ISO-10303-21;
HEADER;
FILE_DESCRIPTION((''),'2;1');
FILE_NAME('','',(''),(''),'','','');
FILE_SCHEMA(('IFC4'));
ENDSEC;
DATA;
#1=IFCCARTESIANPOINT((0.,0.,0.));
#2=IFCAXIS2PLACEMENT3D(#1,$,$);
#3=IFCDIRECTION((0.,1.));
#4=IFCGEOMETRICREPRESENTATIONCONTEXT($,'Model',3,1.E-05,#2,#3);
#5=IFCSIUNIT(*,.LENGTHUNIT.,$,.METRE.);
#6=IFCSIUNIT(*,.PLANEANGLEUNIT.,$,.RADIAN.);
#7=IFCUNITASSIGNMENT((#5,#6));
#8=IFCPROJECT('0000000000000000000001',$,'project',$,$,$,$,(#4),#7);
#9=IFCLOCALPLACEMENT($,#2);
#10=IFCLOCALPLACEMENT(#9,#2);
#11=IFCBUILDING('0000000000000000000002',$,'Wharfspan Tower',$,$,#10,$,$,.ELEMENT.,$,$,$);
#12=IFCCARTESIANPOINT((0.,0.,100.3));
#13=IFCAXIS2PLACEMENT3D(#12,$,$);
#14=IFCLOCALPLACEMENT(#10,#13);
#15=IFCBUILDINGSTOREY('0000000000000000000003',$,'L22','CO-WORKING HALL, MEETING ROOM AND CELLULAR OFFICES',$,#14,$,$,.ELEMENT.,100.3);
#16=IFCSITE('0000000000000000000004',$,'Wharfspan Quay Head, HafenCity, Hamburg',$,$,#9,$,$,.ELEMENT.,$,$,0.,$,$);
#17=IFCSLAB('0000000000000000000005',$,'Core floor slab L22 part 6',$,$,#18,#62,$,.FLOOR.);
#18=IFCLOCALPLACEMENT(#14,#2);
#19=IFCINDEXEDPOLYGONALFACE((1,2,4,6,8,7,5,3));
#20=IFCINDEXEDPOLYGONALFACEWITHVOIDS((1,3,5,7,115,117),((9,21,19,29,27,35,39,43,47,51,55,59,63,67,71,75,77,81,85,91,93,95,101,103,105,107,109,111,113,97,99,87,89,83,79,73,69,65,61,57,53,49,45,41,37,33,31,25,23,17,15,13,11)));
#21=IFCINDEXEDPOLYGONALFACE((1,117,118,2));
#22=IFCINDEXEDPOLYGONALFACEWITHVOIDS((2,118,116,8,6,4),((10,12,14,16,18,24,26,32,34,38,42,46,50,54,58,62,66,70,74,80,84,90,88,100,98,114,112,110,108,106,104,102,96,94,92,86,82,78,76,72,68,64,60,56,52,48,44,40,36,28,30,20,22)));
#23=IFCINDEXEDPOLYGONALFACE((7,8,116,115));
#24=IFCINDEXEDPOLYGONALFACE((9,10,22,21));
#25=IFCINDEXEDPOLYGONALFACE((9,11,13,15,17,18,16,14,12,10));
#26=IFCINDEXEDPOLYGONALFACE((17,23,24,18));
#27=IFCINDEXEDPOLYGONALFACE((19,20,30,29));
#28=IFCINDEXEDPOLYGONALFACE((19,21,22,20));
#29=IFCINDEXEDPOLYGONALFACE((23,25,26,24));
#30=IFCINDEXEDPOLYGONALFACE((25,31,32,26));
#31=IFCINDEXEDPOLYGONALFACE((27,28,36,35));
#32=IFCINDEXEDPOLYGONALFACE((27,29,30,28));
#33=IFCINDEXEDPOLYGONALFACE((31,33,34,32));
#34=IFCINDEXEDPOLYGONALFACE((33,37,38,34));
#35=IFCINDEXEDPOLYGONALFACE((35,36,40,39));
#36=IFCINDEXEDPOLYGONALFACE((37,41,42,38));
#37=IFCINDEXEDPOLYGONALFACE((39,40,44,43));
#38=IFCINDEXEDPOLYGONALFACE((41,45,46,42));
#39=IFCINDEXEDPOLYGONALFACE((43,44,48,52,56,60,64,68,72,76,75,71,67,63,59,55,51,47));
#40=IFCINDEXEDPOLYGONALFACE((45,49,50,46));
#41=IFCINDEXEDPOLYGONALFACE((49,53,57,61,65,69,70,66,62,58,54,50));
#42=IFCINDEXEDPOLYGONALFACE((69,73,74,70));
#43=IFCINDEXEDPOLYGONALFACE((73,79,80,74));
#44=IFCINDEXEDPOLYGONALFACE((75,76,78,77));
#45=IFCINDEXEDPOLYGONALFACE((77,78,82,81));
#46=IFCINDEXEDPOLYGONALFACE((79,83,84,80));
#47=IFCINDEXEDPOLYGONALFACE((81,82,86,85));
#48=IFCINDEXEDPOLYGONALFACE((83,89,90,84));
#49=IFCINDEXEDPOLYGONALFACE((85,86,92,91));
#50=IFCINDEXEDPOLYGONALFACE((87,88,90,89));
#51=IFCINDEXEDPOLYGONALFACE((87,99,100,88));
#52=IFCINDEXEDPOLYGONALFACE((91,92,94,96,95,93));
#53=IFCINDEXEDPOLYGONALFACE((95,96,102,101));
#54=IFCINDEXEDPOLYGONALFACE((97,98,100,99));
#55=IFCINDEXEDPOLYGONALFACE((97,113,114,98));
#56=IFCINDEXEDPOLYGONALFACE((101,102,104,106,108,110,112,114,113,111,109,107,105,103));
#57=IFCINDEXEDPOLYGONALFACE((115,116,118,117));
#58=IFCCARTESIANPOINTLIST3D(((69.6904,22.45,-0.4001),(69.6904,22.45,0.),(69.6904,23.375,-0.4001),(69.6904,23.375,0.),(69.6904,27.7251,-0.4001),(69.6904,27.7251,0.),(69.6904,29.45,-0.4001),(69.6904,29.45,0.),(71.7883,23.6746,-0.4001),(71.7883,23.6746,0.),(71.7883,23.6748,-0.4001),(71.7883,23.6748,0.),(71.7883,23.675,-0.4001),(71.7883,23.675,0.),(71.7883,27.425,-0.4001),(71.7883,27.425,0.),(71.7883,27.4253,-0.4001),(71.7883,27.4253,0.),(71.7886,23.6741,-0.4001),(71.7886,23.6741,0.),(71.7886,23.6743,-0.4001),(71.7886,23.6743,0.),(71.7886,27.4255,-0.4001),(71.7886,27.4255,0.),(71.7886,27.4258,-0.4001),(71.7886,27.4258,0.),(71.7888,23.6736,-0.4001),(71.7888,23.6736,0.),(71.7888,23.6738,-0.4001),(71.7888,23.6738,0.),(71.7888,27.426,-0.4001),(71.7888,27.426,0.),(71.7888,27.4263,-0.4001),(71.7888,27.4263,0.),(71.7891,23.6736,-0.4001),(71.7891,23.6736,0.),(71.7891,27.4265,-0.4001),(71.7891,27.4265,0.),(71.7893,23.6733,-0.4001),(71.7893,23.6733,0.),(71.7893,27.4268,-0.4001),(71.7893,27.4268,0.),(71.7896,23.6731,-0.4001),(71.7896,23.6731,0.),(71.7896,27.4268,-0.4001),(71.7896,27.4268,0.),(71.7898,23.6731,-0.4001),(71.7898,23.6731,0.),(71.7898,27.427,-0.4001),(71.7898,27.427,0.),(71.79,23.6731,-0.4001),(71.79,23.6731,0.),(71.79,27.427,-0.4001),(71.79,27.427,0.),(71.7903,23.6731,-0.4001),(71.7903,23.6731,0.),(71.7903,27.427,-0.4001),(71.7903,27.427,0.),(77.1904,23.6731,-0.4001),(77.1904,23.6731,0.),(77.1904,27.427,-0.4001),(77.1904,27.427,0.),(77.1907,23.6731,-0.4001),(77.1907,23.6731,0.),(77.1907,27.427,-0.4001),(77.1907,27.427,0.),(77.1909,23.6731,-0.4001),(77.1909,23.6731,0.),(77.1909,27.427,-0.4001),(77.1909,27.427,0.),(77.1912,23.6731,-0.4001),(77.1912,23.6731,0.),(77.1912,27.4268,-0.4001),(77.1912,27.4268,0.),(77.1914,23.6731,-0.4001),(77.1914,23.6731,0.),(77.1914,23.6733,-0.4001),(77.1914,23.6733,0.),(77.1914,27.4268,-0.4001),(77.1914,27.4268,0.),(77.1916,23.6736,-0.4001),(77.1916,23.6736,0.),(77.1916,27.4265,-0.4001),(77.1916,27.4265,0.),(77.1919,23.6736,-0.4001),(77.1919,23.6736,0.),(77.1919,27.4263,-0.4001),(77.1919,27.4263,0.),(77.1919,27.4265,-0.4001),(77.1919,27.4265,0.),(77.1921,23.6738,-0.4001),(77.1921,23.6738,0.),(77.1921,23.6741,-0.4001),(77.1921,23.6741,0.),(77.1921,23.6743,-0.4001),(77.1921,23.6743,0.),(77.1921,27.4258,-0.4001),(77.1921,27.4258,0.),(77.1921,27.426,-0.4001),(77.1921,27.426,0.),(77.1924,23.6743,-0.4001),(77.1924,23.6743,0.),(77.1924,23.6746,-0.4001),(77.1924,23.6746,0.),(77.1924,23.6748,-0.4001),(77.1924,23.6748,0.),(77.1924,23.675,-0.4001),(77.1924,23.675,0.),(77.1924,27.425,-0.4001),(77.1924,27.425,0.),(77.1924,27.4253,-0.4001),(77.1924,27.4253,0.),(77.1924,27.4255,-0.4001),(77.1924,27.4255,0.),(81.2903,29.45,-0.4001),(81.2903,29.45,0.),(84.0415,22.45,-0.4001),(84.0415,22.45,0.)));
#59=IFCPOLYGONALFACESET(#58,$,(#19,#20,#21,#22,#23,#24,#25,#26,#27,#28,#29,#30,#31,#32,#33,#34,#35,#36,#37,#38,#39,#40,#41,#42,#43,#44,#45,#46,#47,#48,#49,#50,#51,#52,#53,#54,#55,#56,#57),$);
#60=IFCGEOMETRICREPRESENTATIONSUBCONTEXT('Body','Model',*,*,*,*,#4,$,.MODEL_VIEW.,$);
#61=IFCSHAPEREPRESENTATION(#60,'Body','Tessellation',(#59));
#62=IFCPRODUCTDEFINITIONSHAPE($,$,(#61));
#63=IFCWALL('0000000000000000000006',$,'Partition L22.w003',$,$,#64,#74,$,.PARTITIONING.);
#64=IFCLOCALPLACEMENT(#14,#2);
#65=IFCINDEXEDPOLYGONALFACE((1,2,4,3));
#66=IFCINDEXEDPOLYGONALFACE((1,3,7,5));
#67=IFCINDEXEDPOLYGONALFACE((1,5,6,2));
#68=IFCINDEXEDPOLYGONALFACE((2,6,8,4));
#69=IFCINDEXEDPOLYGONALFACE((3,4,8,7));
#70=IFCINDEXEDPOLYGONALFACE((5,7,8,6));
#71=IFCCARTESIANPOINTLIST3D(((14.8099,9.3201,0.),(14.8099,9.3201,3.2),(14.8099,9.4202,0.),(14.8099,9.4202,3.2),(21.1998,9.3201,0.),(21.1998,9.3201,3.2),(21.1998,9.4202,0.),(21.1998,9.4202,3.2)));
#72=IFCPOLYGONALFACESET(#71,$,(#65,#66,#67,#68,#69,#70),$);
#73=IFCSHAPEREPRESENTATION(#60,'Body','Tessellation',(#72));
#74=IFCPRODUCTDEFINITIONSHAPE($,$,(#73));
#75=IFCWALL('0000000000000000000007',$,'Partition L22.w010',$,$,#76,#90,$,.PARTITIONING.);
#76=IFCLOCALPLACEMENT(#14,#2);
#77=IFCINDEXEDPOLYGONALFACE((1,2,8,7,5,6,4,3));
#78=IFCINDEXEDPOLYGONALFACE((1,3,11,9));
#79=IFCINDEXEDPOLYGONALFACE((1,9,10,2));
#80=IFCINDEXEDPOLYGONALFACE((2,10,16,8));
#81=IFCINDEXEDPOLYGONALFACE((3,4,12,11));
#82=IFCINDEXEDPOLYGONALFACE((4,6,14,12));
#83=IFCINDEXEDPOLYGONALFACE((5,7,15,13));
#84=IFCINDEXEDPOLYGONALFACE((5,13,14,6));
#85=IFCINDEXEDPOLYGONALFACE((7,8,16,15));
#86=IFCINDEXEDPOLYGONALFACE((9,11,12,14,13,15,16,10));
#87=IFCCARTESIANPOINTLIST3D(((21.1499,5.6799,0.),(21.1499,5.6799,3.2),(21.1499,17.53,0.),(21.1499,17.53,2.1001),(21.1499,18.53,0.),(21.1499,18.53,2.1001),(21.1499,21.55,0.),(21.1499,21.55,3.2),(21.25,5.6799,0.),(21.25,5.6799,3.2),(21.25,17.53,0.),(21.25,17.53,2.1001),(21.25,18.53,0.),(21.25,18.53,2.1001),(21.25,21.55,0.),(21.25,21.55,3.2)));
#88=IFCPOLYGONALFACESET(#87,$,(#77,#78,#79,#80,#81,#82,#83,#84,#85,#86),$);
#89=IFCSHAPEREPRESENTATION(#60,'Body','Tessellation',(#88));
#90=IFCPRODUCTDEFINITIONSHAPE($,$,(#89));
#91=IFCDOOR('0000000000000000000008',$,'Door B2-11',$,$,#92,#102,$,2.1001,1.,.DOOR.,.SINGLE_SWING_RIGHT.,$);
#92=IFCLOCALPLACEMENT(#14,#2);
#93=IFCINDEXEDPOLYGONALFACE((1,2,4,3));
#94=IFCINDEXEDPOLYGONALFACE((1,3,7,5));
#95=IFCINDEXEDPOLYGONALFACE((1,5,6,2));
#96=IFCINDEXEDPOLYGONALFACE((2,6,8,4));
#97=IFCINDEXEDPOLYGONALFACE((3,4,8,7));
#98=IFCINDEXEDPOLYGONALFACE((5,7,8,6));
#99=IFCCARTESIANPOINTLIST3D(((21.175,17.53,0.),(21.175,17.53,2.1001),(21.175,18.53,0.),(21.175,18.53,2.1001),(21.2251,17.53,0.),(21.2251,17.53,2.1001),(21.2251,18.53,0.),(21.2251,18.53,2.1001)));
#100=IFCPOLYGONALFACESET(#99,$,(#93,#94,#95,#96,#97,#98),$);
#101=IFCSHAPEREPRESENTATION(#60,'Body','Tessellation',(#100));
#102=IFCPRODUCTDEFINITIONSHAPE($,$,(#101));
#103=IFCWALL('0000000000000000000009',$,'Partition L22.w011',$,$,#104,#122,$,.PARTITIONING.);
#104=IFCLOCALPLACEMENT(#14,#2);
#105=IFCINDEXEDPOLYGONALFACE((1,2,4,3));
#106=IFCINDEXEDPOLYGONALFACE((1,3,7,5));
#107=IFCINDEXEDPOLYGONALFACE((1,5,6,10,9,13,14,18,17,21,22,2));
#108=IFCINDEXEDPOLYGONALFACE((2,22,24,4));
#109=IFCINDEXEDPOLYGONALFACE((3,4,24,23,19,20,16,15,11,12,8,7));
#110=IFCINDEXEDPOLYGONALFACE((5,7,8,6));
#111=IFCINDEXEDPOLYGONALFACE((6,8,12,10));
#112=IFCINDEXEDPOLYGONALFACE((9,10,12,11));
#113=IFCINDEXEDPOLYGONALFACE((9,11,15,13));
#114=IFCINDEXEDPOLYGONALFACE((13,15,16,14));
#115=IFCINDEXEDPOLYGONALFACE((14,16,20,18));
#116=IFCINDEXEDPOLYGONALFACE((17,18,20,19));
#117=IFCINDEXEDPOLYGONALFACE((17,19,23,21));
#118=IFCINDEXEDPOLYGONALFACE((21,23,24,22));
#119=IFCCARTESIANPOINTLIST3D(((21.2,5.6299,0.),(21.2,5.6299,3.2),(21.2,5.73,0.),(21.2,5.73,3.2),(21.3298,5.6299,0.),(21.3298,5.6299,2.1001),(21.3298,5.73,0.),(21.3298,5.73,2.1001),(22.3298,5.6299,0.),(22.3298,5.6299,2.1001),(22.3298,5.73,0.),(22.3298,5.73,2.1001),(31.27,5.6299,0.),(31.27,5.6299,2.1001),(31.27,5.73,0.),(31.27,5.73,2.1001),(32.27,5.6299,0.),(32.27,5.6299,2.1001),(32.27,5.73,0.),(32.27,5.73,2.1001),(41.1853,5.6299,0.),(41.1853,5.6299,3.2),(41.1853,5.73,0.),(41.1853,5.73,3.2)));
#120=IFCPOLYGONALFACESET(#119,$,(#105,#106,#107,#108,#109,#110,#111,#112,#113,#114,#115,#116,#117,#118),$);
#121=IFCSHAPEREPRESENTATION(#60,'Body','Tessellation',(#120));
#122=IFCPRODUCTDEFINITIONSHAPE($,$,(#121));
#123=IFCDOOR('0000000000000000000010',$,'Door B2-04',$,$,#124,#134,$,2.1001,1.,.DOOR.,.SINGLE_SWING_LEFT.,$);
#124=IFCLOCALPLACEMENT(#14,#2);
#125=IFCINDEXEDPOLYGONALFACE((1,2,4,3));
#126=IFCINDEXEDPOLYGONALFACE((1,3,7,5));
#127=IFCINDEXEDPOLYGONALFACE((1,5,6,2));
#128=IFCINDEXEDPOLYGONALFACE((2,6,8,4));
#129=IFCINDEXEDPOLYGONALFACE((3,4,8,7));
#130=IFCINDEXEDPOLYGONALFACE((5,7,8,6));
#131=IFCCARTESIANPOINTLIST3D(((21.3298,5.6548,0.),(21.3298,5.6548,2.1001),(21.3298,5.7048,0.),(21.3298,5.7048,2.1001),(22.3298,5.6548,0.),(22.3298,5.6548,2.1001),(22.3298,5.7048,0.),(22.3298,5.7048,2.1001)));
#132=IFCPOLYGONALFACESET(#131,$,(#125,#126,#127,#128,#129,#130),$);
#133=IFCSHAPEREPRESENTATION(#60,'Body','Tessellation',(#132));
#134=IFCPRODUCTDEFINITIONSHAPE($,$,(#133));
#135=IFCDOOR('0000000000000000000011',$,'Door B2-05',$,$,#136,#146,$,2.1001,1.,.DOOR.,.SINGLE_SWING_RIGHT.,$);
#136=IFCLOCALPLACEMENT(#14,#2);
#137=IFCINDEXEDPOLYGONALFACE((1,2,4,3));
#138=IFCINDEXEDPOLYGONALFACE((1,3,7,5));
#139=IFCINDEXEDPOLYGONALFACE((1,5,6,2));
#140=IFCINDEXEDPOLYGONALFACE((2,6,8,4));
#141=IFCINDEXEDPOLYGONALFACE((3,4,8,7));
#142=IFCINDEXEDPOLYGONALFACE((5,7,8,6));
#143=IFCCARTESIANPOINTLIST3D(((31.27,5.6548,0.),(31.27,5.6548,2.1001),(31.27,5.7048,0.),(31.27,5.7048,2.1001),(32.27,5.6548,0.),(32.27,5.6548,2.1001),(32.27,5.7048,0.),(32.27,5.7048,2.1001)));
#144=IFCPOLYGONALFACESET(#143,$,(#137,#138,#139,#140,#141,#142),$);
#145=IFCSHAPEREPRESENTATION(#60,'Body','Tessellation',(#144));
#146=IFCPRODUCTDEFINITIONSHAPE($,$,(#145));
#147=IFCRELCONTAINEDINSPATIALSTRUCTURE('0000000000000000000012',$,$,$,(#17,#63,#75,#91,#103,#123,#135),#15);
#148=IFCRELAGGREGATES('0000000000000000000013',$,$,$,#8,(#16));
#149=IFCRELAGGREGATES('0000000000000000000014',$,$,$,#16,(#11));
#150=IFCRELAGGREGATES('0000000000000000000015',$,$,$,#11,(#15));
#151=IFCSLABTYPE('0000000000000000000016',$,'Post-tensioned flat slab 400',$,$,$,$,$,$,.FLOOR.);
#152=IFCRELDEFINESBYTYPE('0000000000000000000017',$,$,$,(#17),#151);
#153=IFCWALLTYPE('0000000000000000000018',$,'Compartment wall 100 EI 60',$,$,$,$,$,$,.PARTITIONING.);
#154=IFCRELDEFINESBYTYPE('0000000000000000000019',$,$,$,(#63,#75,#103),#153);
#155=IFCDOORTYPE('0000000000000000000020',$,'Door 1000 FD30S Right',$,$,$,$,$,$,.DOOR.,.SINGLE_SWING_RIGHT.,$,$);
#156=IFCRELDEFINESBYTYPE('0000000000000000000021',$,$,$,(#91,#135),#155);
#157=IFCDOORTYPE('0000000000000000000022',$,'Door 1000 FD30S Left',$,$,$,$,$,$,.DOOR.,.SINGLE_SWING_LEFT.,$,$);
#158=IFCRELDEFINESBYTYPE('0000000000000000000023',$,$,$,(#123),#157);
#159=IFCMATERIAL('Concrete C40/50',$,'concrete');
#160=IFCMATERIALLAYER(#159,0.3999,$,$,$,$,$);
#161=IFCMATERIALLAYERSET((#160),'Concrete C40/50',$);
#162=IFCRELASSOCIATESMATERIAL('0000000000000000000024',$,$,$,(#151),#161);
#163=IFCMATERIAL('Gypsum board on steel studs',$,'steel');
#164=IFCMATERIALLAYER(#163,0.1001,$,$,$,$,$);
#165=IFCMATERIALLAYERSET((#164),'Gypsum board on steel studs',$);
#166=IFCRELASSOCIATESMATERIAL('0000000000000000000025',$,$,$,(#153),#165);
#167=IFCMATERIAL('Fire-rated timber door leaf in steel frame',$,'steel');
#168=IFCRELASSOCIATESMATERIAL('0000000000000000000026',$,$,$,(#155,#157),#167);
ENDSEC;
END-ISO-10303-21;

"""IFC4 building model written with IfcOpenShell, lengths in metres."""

from ifc_helpers import new_model, si_unit, direction, frame, frame_2d, origin, place, context, subcontext, project, spatial, polyline, rectangle, outline, extrude, material, layer, layer_set, type_object, element, fill, save


model = new_model("IFC4")

# Units and contexts
model_context = context("Model", 3, precision=1e-05, world=origin(), true_north=direction((0.0, 1.0)))
body_context = subcontext(model_context, "Body", "Model", "MODEL_VIEW")
ifc_project = project(units=[si_unit("LENGTHUNIT", "METRE"), si_unit("PLANEANGLEUNIT", "RADIAN")], contexts=[model_context])

# Site, building, storey
site_placement = place(None, origin())
site = spatial("IfcSite", under=ifc_project, at=site_placement, Name="Wharfspan Quay Head, HafenCity, Hamburg", CompositionType="ELEMENT", RefElevation=0.0)
building_placement = place(site_placement, origin())
building = spatial("IfcBuilding", under=site, at=building_placement, Name="Wharfspan Tower", CompositionType="ELEMENT")
storey_placement = place(building_placement, frame((0.0, 0.0, 100.3)))
storey = spatial("IfcBuildingStorey", under=building, at=storey_placement, Name="L22", Description="CO-WORKING HALL, MEETING ROOM AND CELLULAR OFFICES", CompositionType="ELEMENT", Elevation=100.3)

# Slab
ifc_material_1 = material(Name="Concrete C40/50", Category="concrete")
ifc_layer_1 = layer(ifc_material_1, 0.3999)
ifc_layer_set_1 = layer_set([ifc_layer_1], Name="Concrete C40/50")
slab_type = type_object("IfcSlabType", Name="Post-tensioned flat slab 400", PredefinedType="FLOOR", material=ifc_layer_set_1)
slab_placement = place(storey_placement, frame((0.0, 0.0, -0.4001)))
element("IfcSlab", 1, at=slab_placement, inside=storey, type_object=slab_type, Name="Core floor slab L22 part 6", PredefinedType="FLOOR", context=body_context, shape_type="SweptSolid", body=[
    extrude(outline(polyline([(81.2903, 29.45), (69.6904, 29.45), (69.6904, 27.7251), (69.6904, 23.375), (69.6904, 22.45), (84.0415, 22.45), (81.2903, 29.45)]), holes=[polyline([(71.7903, 23.6731), (71.7903, 23.6731), (71.79, 23.6731), (71.7898, 23.6731), (71.7896, 23.6731), (71.7896, 23.6731), (71.7893, 23.6733), (71.7891, 23.6736), (71.7891, 23.6736), (71.7888, 23.6736), (71.7888, 23.6738), (71.7886, 23.6741), (71.7886, 23.6743), (71.7886, 23.6743), (71.7883, 23.6746), (71.7883, 23.6748), (71.7883, 23.675), (71.7883, 27.425), (71.7883, 27.4253), (71.7883, 27.4253), (71.7886, 27.4255), (71.7886, 27.4258), (71.7886, 27.4258), (71.7888, 27.426), (71.7888, 27.4263), (71.7891, 27.4265), (71.7891, 27.4265), (71.7893, 27.4268), (71.7896, 27.4268), (71.7896, 27.4268), (71.7898, 27.427), (71.79, 27.427), (71.7903, 27.427), (71.7903, 27.427), (77.1904, 27.427), (77.1907, 27.427), (77.1909, 27.427), (77.1909, 27.427), (77.1912, 27.4268), (77.1914, 27.4268), (77.1914, 27.4268), (77.1916, 27.4265), (77.1919, 27.4265), (77.1919, 27.4263), (77.1921, 27.426), (77.1921, 27.4258), (77.1921, 27.4258), (77.1924, 27.4255), (77.1924, 27.4253), (77.1924, 27.4253), (77.1924, 27.425), (77.1924, 23.675), (77.1924, 23.6748), (77.1924, 23.6746), (77.1924, 23.6743), (77.1921, 23.6743), (77.1921, 23.6741), (77.1921, 23.6738), (77.1919, 23.6736), (77.1919, 23.6736), (77.1916, 23.6736), (77.1914, 23.6733), (77.1914, 23.6731), (77.1912, 23.6731), (77.1909, 23.6731), (77.1909, 23.6731), (77.1907, 23.6731), (77.1904, 23.6731), (71.7903, 23.6731)])]), origin(), (0.0, 0.0, 1.0), 0.4001),
])

# Wall
ifc_material_2 = material(Name="Gypsum board on steel studs", Category="steel")
ifc_layer_2 = layer(ifc_material_2, 0.1001)
ifc_layer_set_2 = layer_set([ifc_layer_2], Name="Gypsum board on steel studs")
wall_type_1 = type_object("IfcWallType", Name="Compartment wall 100 EI 60", PredefinedType="PARTITIONING", material=ifc_layer_set_2)
wall_1_placement = place(storey_placement, frame((14.8101, 9.3701, 0.0), z_axis=(0.0, 0.0, 1.0), x_axis=(1.0, 0.0, 0.0)))
element("IfcWall", 2, at=wall_1_placement, inside=storey, type_object=wall_type_1, Name="Partition L22.w003", PredefinedType="PARTITIONING", context=body_context, shape_type="SweptSolid", body=[
    extrude(rectangle(XDim=6.3899, YDim=0.1001, at=frame_2d((3.1948, 0.0))), origin(), (0.0, 0.0, 1.0), 3.2),
])

# Wall, opening, door
wall_2_placement = place(storey_placement, frame((21.2, 5.6799, 0.0), z_axis=(0.0, 0.0, 1.0), x_axis=(0.0, 1.0, 0.0)))
wall_2 = element("IfcWall", 3, at=wall_2_placement, inside=storey, type_object=wall_type_1, Name="Partition L22.w010", PredefinedType="PARTITIONING", context=body_context, shape_type="SweptSolid", body=[
    extrude(rectangle(XDim=15.8701, YDim=0.1001, at=frame_2d((7.9351, 0.0))), origin(), (0.0, 0.0, 1.0), 3.2),
])
opening_1_placement = place(wall_2_placement, frame((11.8501, 0.0, 0.0)))
opening_1 = element("IfcOpeningElement", 4, at=opening_1_placement, cuts=wall_2, PredefinedType="OPENING", context=body_context, shape_type="SweptSolid", body=[
    extrude(rectangle(XDim=1.0, YDim=2.1001, at=frame_2d((0.5, 1.05))), frame((0.0, 0.0601, 0.0), z_axis=(0.0, -1.0, 0.0), x_axis=(1.0, 0.0, 0.0)), (0.0, 0.0, 1.0), 0.1201),
])
ifc_material_3 = material(Name="Fire-rated timber door leaf in steel frame", Category="steel")
door_type_1 = type_object("IfcDoorType", Name="Door 1000 FD30S Right", OperationType="SINGLE_SWING_RIGHT", PredefinedType="DOOR", material=ifc_material_3)
door_1_placement = place(opening_1_placement, origin())
door_1 = element("IfcDoor", 5, at=door_1_placement, inside=storey, type_object=door_type_1, Name="Door B2-11", OperationType="SINGLE_SWING_RIGHT", OverallHeight=2.1001, OverallWidth=1.0, PredefinedType="DOOR", context=body_context, shape_type="SweptSolid", body=[
    extrude(rectangle(XDim=1.0, YDim=2.1001, at=frame_2d((0.5, 1.05))), frame((0.0, 0.0249, 0.0), z_axis=(0.0, -1.0, 0.0), x_axis=(1.0, 0.0, 0.0)), (0.0, 0.0, 1.0), 0.05),
])
fill(opening_1, door_1)

# Wall, openings, doors
wall_3_placement = place(storey_placement, frame((21.2, 5.6799, 0.0), z_axis=(0.0, 0.0, 1.0), x_axis=(1.0, 0.0, 0.0)))
wall_3 = element("IfcWall", 6, at=wall_3_placement, inside=storey, type_object=wall_type_1, Name="Partition L22.w011", PredefinedType="PARTITIONING", context=body_context, shape_type="SweptSolid", body=[
    extrude(rectangle(XDim=19.9854, YDim=0.1001, at=frame_2d((9.9927, 0.0))), origin(), (0.0, 0.0, 1.0), 3.2),
])
opening_2_placement = place(wall_3_placement, frame((0.1299, 0.0, 0.0)))
opening_2 = element("IfcOpeningElement", 7, at=opening_2_placement, cuts=wall_3, PredefinedType="OPENING", context=body_context, shape_type="SweptSolid", body=[
    extrude(rectangle(XDim=1.0, YDim=2.1001, at=frame_2d((0.5, 1.05))), frame((0.0, 0.0601, 0.0), z_axis=(0.0, -1.0, 0.0), x_axis=(1.0, 0.0, 0.0)), (0.0, 0.0, 1.0), 0.1201),
])
opening_3_placement = place(wall_3_placement, frame((10.0701, 0.0, 0.0)))
opening_3 = element("IfcOpeningElement", 8, at=opening_3_placement, cuts=wall_3, PredefinedType="OPENING", context=body_context, shape_type="SweptSolid", body=[
    extrude(rectangle(XDim=1.0, YDim=2.1001, at=frame_2d((0.5, 1.05))), frame((0.0, 0.0601, 0.0), z_axis=(0.0, -1.0, 0.0), x_axis=(1.0, 0.0, 0.0)), (0.0, 0.0, 1.0), 0.1201),
])
door_type_2 = type_object("IfcDoorType", Name="Door 1000 FD30S Left", OperationType="SINGLE_SWING_LEFT", PredefinedType="DOOR", material=ifc_material_3)
door_2_placement = place(opening_2_placement, origin())
door_2 = element("IfcDoor", 9, at=door_2_placement, inside=storey, type_object=door_type_2, Name="Door B2-04", OperationType="SINGLE_SWING_LEFT", OverallHeight=2.1001, OverallWidth=1.0, PredefinedType="DOOR", context=body_context, shape_type="SweptSolid", body=[
    extrude(rectangle(XDim=1.0, YDim=2.1001, at=frame_2d((0.5, 1.05))), frame((0.0, 0.0249, 0.0), z_axis=(0.0, -1.0, 0.0), x_axis=(1.0, 0.0, 0.0)), (0.0, 0.0, 1.0), 0.05),
])
fill(opening_2, door_2)
door_3_placement = place(opening_3_placement, origin())
door_3 = element("IfcDoor", 10, at=door_3_placement, inside=storey, type_object=door_type_1, Name="Door B2-05", OperationType="SINGLE_SWING_RIGHT", OverallHeight=2.1001, OverallWidth=1.0, PredefinedType="DOOR", context=body_context, shape_type="SweptSolid", body=[
    extrude(rectangle(XDim=1.0, YDim=2.1001, at=frame_2d((0.5, 1.05))), frame((0.0, 0.0249, 0.0), z_axis=(0.0, -1.0, 0.0), x_axis=(1.0, 0.0, 0.0)), (0.0, 0.0, 1.0), 0.05),
])
fill(opening_3, door_3)

save(model, "model.ifc")
